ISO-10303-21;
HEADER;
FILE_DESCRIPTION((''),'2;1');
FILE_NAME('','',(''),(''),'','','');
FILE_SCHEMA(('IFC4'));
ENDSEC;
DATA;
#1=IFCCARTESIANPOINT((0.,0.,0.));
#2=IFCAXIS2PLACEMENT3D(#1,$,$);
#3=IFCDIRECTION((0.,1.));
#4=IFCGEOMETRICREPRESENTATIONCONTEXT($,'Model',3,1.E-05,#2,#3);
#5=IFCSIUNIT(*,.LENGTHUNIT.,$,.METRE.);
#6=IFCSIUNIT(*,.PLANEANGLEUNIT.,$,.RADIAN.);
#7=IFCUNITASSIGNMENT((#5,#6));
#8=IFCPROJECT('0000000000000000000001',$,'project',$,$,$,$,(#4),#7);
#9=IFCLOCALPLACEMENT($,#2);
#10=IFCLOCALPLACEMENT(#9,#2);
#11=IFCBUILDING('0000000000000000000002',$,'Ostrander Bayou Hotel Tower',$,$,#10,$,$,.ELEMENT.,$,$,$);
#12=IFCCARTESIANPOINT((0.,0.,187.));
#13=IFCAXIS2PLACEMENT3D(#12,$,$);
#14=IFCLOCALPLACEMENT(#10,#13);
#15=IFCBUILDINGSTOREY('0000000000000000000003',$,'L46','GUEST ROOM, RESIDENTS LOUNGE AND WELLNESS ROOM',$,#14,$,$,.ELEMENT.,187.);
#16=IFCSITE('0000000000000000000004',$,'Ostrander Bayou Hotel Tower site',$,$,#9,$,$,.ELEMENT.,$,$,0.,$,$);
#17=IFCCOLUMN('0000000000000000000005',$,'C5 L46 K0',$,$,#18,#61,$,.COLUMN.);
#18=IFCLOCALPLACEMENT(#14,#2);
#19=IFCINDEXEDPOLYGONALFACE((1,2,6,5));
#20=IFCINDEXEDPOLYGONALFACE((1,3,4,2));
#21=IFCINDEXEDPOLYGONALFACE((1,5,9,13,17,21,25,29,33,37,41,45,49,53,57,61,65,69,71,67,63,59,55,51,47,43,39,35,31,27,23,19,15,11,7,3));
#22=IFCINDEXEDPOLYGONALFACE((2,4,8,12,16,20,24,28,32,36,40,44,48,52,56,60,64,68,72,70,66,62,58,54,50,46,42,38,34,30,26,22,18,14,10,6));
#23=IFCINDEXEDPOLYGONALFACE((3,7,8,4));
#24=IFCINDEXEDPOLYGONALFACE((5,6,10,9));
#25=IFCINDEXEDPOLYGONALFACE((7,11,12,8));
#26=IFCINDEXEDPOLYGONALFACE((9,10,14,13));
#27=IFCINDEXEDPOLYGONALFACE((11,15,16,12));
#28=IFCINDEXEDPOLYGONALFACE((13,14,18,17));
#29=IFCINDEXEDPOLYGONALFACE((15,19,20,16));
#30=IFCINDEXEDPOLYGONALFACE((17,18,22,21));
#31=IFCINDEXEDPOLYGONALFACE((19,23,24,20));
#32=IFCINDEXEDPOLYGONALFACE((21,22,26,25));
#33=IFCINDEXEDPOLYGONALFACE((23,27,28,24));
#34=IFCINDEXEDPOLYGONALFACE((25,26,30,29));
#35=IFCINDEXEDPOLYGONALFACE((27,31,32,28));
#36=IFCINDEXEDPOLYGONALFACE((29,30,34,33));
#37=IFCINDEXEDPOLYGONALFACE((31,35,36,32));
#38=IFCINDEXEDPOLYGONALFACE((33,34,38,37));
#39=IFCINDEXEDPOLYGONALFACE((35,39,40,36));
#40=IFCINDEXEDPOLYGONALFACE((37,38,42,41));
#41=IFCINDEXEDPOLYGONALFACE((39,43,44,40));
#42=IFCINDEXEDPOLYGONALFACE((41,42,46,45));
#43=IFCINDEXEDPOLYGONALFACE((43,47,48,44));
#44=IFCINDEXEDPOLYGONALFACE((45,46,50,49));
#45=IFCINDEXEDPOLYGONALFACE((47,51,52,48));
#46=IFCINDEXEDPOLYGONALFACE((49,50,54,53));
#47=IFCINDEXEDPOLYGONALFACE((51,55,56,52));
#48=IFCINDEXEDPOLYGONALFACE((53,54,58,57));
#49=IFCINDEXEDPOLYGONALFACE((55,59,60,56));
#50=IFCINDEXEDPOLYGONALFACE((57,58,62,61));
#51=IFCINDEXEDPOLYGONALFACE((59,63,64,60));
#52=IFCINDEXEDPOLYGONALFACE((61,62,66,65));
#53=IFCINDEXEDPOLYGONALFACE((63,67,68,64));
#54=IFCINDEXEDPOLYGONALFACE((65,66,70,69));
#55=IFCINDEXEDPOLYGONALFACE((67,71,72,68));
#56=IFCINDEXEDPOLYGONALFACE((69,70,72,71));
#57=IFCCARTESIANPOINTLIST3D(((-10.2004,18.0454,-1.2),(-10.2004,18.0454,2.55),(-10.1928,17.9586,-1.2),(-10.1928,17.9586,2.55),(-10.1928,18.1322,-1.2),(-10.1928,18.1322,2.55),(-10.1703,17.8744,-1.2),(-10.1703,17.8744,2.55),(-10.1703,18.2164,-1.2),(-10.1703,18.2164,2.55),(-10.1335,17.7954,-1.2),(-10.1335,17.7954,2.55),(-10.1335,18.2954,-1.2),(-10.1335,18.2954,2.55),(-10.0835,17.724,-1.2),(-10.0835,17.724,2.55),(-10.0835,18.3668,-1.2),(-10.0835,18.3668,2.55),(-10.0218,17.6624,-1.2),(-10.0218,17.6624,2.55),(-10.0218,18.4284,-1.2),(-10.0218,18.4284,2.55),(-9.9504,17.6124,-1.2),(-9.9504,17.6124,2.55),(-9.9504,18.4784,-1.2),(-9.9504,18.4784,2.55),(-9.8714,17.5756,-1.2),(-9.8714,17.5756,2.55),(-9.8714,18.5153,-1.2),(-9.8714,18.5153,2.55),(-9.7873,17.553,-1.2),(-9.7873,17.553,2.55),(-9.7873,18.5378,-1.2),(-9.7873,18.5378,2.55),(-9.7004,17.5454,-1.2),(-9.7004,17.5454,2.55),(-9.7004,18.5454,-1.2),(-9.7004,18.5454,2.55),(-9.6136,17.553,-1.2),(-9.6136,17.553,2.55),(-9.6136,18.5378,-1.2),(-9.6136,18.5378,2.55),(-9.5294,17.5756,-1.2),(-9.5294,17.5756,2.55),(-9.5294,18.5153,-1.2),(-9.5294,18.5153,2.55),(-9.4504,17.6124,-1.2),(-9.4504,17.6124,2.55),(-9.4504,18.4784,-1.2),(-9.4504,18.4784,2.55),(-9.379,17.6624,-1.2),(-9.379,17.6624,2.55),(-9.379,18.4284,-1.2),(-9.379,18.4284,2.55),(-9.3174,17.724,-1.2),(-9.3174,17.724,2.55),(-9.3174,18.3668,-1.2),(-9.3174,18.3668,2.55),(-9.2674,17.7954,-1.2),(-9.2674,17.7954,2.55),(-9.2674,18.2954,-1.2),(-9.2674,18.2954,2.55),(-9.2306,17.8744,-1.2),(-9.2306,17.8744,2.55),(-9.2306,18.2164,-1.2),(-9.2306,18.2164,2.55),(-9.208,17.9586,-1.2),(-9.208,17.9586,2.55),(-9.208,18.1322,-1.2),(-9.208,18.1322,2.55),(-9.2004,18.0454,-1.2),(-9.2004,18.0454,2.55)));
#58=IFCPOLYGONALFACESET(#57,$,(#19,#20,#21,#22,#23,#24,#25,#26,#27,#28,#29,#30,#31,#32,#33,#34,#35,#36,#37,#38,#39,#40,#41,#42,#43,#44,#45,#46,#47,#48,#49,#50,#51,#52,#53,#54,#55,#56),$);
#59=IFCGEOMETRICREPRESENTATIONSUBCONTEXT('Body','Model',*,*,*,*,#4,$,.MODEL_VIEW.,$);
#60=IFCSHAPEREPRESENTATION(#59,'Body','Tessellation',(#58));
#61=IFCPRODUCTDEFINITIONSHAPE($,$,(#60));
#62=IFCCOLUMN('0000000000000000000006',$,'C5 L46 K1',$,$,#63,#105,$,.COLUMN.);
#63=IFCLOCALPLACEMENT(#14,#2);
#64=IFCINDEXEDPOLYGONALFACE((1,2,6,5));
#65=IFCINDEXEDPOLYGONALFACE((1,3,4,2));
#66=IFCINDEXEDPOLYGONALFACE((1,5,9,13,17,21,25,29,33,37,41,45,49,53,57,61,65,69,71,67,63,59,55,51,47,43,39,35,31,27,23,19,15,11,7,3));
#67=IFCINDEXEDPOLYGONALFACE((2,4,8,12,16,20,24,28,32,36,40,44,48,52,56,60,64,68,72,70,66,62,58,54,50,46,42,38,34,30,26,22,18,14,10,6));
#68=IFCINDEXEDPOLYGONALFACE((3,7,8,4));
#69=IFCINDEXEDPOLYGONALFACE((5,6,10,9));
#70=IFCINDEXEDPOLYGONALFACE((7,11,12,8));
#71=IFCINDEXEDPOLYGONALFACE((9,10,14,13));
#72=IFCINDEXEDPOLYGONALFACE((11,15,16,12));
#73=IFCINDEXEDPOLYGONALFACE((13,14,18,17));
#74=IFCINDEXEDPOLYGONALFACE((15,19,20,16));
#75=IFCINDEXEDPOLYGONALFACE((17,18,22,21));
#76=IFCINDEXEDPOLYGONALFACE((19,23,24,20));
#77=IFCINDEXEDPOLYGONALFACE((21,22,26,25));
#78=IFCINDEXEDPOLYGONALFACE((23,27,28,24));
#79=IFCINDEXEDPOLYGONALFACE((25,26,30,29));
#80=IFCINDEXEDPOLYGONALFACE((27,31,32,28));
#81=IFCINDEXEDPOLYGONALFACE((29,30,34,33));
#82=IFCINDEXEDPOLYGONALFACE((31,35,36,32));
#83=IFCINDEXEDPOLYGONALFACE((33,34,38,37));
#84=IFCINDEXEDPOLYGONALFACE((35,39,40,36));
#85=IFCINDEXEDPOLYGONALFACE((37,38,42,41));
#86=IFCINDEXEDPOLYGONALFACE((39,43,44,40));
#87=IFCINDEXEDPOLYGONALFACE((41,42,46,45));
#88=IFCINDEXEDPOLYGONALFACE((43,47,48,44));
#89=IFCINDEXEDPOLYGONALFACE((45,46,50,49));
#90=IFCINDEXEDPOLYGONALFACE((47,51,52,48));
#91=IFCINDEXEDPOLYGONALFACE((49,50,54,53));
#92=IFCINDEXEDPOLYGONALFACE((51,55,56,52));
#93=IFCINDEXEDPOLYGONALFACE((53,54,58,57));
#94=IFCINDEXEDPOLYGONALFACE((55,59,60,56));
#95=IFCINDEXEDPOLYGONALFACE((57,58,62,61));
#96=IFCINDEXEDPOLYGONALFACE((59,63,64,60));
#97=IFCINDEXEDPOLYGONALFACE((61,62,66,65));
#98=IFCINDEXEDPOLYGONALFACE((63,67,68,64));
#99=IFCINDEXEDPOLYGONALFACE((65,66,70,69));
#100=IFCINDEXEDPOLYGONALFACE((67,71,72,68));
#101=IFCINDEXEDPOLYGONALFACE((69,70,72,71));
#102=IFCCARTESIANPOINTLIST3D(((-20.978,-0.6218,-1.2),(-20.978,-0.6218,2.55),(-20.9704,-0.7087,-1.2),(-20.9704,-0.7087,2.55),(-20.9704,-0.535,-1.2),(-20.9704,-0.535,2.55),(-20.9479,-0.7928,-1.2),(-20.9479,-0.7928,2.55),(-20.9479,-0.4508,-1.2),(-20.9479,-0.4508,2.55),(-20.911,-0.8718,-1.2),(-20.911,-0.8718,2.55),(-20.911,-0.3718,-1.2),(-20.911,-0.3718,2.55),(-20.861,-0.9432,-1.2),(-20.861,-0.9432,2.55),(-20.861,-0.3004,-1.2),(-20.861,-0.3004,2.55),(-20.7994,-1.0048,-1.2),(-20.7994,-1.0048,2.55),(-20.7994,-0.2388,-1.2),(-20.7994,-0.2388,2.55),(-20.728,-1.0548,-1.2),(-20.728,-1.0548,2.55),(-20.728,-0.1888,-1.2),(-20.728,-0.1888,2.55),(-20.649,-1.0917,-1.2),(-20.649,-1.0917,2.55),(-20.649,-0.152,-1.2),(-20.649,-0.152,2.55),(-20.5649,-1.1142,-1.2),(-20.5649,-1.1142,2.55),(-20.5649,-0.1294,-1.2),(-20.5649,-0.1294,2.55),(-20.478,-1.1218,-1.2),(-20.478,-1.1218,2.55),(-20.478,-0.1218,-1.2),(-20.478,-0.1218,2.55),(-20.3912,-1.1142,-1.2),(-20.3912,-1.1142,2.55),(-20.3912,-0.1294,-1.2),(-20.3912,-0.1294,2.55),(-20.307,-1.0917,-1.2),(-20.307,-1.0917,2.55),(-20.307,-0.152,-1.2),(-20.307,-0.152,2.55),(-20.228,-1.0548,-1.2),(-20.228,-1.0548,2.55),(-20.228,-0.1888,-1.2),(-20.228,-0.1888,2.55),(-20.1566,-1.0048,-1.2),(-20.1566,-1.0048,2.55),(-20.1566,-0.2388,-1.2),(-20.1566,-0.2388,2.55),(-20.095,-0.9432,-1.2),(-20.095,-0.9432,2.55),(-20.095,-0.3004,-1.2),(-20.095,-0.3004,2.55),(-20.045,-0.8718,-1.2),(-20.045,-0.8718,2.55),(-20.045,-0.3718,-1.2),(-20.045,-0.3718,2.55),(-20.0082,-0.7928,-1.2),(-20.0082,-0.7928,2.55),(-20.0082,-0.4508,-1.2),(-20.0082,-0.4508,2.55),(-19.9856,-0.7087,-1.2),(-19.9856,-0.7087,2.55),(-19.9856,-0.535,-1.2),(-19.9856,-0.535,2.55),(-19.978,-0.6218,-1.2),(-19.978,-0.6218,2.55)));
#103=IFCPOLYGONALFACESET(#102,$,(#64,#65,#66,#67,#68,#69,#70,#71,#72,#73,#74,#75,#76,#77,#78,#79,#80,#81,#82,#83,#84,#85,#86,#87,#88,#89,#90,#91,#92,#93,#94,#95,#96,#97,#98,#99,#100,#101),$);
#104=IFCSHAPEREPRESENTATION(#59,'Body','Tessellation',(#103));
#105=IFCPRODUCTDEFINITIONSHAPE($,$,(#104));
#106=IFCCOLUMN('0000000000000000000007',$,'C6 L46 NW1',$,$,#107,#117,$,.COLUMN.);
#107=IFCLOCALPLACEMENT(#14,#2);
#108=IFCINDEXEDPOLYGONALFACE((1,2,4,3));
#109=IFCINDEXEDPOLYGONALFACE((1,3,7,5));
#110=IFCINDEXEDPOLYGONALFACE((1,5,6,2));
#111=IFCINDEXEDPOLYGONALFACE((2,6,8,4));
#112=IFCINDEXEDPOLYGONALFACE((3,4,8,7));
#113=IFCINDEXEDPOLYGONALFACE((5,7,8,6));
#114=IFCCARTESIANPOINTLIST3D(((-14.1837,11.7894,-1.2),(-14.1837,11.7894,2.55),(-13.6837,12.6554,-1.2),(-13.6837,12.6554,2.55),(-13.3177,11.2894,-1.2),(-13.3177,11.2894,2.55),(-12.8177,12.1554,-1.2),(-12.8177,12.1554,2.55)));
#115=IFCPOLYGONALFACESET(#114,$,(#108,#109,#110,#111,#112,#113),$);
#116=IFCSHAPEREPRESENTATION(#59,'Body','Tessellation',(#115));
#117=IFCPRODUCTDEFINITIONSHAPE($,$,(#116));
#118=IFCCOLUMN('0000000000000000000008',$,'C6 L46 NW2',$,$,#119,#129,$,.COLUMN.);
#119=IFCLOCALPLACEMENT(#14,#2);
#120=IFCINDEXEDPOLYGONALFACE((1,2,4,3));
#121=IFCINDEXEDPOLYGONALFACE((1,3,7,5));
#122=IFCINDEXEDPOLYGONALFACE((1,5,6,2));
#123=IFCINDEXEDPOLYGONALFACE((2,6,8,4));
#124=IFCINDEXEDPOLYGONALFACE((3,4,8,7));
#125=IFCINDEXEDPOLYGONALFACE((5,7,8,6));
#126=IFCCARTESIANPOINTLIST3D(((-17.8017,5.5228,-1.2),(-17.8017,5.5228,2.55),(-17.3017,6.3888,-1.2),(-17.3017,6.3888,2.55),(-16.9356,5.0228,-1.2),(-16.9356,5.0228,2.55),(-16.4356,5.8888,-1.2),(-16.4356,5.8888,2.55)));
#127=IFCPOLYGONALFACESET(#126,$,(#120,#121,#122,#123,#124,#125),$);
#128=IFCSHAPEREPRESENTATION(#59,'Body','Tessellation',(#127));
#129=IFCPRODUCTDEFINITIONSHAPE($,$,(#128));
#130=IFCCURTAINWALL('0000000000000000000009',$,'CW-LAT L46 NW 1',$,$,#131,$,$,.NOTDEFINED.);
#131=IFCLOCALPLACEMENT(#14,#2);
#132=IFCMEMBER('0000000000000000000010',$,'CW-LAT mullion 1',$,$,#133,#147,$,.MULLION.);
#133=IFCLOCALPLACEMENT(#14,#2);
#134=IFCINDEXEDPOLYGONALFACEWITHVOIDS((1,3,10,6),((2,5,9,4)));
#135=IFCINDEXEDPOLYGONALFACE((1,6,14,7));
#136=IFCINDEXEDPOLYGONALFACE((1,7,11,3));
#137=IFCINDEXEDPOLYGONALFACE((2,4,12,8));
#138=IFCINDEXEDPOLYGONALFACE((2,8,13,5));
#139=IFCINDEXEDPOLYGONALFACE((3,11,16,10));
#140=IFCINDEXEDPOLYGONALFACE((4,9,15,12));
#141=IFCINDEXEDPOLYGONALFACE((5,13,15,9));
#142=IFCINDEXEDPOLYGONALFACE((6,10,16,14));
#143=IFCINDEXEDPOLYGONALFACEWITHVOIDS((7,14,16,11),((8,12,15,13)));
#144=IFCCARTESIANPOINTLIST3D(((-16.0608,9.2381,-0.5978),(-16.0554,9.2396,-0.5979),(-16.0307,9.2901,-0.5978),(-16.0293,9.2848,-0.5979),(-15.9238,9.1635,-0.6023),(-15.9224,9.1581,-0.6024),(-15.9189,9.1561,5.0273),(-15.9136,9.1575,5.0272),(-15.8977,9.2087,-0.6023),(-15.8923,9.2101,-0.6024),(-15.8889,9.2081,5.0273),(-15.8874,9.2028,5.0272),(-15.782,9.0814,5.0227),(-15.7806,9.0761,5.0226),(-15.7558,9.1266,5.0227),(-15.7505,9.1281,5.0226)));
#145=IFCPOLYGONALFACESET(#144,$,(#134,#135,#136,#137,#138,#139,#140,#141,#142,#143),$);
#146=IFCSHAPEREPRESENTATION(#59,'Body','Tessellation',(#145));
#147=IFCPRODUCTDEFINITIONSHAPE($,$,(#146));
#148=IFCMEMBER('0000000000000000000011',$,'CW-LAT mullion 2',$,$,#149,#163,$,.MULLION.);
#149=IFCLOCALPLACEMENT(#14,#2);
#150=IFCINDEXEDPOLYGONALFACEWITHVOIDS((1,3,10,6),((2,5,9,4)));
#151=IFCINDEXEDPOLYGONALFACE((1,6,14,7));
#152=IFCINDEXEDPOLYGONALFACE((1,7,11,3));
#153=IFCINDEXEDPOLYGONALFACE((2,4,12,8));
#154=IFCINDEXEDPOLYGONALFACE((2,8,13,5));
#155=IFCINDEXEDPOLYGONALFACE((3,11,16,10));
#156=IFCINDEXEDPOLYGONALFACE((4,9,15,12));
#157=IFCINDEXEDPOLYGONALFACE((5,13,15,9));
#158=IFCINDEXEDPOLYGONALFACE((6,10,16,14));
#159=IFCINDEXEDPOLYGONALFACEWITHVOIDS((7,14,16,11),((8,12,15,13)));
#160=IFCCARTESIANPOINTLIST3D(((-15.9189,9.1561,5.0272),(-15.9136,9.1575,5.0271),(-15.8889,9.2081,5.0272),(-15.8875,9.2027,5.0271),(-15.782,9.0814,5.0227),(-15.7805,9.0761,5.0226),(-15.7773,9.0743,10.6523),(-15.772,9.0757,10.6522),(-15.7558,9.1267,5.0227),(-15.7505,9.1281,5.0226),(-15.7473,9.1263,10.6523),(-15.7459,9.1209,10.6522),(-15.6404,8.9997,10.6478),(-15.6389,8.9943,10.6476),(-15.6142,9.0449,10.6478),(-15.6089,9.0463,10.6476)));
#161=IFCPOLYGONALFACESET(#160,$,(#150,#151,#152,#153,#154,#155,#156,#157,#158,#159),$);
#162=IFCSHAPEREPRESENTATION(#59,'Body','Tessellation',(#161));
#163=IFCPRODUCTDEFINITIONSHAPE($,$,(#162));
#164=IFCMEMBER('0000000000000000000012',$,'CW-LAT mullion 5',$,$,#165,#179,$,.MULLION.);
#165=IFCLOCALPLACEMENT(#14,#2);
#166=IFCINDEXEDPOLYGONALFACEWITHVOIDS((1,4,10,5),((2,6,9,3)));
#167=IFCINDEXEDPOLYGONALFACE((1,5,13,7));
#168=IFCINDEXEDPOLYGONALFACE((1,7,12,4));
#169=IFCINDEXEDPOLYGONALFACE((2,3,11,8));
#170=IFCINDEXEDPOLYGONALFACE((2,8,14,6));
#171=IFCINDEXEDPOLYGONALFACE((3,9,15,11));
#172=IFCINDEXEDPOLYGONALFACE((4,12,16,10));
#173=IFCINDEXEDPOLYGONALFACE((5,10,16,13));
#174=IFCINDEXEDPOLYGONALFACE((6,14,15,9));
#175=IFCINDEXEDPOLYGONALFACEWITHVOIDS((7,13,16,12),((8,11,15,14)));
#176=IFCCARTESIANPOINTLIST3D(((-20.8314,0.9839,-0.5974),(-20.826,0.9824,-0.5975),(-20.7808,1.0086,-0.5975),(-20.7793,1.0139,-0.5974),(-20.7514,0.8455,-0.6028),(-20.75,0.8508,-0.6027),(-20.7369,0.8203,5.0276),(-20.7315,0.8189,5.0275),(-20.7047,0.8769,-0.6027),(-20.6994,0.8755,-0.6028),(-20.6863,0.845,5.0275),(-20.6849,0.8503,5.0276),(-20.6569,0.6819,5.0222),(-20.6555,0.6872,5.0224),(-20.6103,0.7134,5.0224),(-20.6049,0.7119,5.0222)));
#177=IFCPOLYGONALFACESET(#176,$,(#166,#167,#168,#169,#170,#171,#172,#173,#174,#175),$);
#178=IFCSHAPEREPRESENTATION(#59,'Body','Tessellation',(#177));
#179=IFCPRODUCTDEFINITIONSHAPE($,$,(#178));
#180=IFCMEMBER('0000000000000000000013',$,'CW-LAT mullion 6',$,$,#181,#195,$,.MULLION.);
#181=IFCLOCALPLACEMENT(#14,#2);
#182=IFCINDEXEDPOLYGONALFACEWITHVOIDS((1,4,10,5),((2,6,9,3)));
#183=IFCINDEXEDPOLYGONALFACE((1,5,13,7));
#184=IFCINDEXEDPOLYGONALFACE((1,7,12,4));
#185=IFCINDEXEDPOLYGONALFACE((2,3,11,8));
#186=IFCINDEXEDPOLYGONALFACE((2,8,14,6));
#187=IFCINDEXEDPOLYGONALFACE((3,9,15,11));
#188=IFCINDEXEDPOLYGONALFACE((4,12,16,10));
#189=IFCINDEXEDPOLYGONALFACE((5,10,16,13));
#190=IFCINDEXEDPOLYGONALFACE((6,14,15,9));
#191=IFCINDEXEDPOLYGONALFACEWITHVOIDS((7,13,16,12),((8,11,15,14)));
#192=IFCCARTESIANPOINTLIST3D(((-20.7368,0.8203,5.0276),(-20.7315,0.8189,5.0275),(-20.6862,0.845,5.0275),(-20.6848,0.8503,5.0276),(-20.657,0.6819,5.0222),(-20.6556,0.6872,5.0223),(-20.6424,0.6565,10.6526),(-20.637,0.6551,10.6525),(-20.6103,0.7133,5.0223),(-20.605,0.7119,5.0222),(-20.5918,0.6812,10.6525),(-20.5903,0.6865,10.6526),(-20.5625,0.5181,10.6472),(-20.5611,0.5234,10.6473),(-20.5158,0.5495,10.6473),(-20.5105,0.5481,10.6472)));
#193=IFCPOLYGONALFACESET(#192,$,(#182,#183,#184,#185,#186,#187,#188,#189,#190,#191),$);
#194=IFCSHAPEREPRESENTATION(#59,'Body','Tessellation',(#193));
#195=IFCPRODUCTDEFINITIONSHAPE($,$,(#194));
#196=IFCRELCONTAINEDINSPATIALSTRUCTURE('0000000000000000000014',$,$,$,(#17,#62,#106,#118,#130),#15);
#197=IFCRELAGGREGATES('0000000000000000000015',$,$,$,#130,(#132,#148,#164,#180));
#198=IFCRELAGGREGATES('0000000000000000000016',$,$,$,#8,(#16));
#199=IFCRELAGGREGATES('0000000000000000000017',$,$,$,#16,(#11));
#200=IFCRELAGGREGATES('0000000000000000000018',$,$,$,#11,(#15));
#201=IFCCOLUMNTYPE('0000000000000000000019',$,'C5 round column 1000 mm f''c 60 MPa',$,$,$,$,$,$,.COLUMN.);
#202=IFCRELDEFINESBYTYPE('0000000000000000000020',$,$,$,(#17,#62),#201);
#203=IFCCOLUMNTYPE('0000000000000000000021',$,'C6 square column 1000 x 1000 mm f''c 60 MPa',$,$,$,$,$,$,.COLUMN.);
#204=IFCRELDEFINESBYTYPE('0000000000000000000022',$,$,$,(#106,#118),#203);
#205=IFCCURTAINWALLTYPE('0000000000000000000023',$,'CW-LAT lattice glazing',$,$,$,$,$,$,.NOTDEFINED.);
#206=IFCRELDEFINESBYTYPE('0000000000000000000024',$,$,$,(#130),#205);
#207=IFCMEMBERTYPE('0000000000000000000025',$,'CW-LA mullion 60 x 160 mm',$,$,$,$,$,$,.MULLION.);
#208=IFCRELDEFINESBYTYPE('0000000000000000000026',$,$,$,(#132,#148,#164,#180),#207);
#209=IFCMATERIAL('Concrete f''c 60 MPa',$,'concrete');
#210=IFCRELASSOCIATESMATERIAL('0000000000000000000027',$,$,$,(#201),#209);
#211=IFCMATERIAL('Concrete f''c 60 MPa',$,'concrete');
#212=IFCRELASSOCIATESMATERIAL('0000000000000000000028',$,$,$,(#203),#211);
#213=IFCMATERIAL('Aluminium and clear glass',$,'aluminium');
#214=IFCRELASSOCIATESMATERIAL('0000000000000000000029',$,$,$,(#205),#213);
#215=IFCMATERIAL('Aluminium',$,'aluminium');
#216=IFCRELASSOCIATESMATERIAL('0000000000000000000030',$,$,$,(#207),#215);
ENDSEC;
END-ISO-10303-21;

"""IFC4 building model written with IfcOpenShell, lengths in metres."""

from ifc_helpers import new_model, si_unit, direction, frame, origin, origin_2d, place, context, subcontext, project, spatial, rectangle, hollow_rectangle, circle, extrude, material, material_profile, profile_set, type_object, element, aggregate, save


model = new_model("IFC4")

# Units and contexts
model_context = context("Model", 3, precision=1e-05, world=origin(), true_north=direction((0.0, 1.0)))
body_context = subcontext(model_context, "Body", "Model", "MODEL_VIEW")
ifc_project = project(units=[si_unit("LENGTHUNIT", "METRE"), si_unit("PLANEANGLEUNIT", "RADIAN")], contexts=[model_context])

# Site, building, storey
site_placement = place(None, origin())
site = spatial("IfcSite", under=ifc_project, at=site_placement, Name="Ostrander Bayou Hotel Tower site", CompositionType="ELEMENT", RefElevation=0.0)
building_placement = place(site_placement, origin())
building = spatial("IfcBuilding", under=site, at=building_placement, Name="Ostrander Bayou Hotel Tower", CompositionType="ELEMENT")
storey_placement = place(building_placement, frame((0.0, 0.0, 187.0)))
storey = spatial("IfcBuildingStorey", under=building, at=storey_placement, Name="L46", Description="GUEST ROOM, RESIDENTS LOUNGE AND WELLNESS ROOM", CompositionType="ELEMENT", Elevation=187.0)

# Columns
ifc_material_1 = material(Name="Concrete f'c 60 MPa", Category="concrete")
ifc_material_profile_1 = material_profile(ifc_material_1, circle(Radius=0.5, at=origin_2d()))
ifc_profile_set_1 = profile_set([ifc_material_profile_1], Name="Concrete f'c 60 MPa")
column_type_1 = type_object("IfcColumnType", Name="C5 round column 1000 mm f'c 60 MPa", PredefinedType="COLUMN", material=ifc_profile_set_1)
for number, where, z_axis, x_axis, name in (
    (1, (-9.7004, 18.0454, -1.2), (0.0, 0.0, 1.0), (1.0, 0.0, 0.0), "C5 L46 K0"),
    (2, (-20.478, -0.6218, -1.2), (0.0, 0.0, 1.0), (1.0, 0.0, 0.0), "C5 L46 K1"),
):
    element("IfcColumn", number, at=place(storey_placement, frame(where, z_axis=z_axis, x_axis=x_axis)), inside=storey, type_object=column_type_1, Name=name, PredefinedType="COLUMN", context=body_context, shape_type="SweptSolid", body=[
        extrude(circle(Radius=0.5, at=origin_2d()), origin(), (0.0, 0.0, 1.0), 3.75),
    ])
ifc_material_2 = material(Name="Concrete f'c 60 MPa", Category="concrete")
ifc_material_profile_2 = material_profile(ifc_material_2, rectangle(XDim=1.0, YDim=1.0, at=origin_2d()))
ifc_profile_set_2 = profile_set([ifc_material_profile_2], Name="Concrete f'c 60 MPa")
column_type_2 = type_object("IfcColumnType", Name="C6 square column 1000 x 1000 mm f'c 60 MPa", PredefinedType="COLUMN", material=ifc_profile_set_2)
for number, where, z_axis, x_axis, name in (
    (3, (-13.5007, 11.9724, -1.2), (0.0, 0.0, 1.0), (0.5, 0.866025, 0.0), "C6 L46 NW1"),
    (4, (-17.1187, 5.7058, -1.2), (0.0, 0.0, 1.0), (0.5, 0.866025, 0.0), "C6 L46 NW2"),
):
    element("IfcColumn", number, at=place(storey_placement, frame(where, z_axis=z_axis, x_axis=x_axis)), inside=storey, type_object=column_type_2, Name=name, PredefinedType="COLUMN", context=body_context, shape_type="SweptSolid", body=[
        extrude(rectangle(XDim=1.0, YDim=1.0, at=origin_2d()), origin(), (0.0, 0.0, 1.0), 3.75),
    ])

# Curtain wall, members
ifc_material_3 = material(Name="Aluminium and clear glass", Category="aluminium")
curtain_wall_type = type_object("IfcCurtainWallType", Name="CW-LAT lattice glazing", PredefinedType="NOTDEFINED", material=ifc_material_3)
curtain_wall_1_placement = place(storey_placement, origin())
curtain_wall_1 = element("IfcCurtainWall", 5, at=curtain_wall_1_placement, inside=storey, type_object=curtain_wall_type, Name="CW-LAT L46 NW 1", PredefinedType="NOTDEFINED")
ifc_material_4 = material(Name="Aluminium", Category="aluminium")
ifc_material_profile_3 = material_profile(ifc_material_4, hollow_rectangle(XDim=0.0601, YDim=0.1599, WallThickness=0.0039, at=origin_2d()))
ifc_profile_set_3 = profile_set([ifc_material_profile_3], Name="Aluminium")
member_type_1 = type_object("IfcMemberType", Name="CW-LA mullion 60 x 160 mm", PredefinedType="MULLION", material=ifc_profile_set_3)
member_1_placement = place(storey_placement, frame((-15.9766, 9.2241, -0.6001), z_axis=(0.025206, -0.014577, 0.999576), x_axis=(0.500625, 0.865664, 0.0)))
member_1 = element("IfcMember", 6, at=member_1_placement, type_object=member_type_1, Name="CW-LAT mullion 1", PredefinedType="MULLION", context=body_context, shape_type="SweptSolid", body=[
    extrude(hollow_rectangle(XDim=0.0601, YDim=0.1599, WallThickness=0.0039, at=origin_2d()), origin(), (0.0, 0.0, 1.0), 5.6274),
])
member_2_placement = place(storey_placement, frame((-15.8347, 9.1421, 5.0249), z_axis=(0.025163, -0.014534, 0.999578), x_axis=(0.500153, 0.865937, 0.0)))
member_2 = element("IfcMember", 7, at=member_2_placement, type_object=member_type_1, Name="CW-LAT mullion 2", PredefinedType="MULLION", context=body_context, shape_type="SweptSolid", body=[
    extrude(hollow_rectangle(XDim=0.0601, YDim=0.1599, WallThickness=0.0039, at=origin_2d()), origin(), (0.0, 0.0, 1.0), 5.6274),
])
member_3_placement = place(storey_placement, frame((-20.7654, 0.9297, -0.6001), z_axis=(0.016787, -0.029063, 0.999437), x_axis=(0.865927, 0.50017, 0.0)))
member_3 = element("IfcMember", 8, at=member_3_placement, type_object=member_type_1, Name="CW-LAT mullion 5", PredefinedType="MULLION", context=body_context, shape_type="SweptSolid", body=[
    extrude(hollow_rectangle(XDim=0.0601, YDim=0.1599, WallThickness=0.0039, at=origin_2d()), origin(), (0.0, 0.0, 1.0), 5.6282),
])
member_4_placement = place(storey_placement, frame((-20.6709, 0.7661, 5.0249), z_axis=(0.016787, -0.029107, 0.999435), x_axis=(0.86625, 0.499611, 0.0)))
member_4 = element("IfcMember", 9, at=member_4_placement, type_object=member_type_1, Name="CW-LAT mullion 6", PredefinedType="MULLION", context=body_context, shape_type="SweptSolid", body=[
    extrude(hollow_rectangle(XDim=0.0601, YDim=0.1599, WallThickness=0.0039, at=origin_2d()), origin(), (0.0, 0.0, 1.0), 5.6282),
])

aggregate(curtain_wall_1, [member_1, member_2, member_3, member_4])

save(model, "model.ifc")
